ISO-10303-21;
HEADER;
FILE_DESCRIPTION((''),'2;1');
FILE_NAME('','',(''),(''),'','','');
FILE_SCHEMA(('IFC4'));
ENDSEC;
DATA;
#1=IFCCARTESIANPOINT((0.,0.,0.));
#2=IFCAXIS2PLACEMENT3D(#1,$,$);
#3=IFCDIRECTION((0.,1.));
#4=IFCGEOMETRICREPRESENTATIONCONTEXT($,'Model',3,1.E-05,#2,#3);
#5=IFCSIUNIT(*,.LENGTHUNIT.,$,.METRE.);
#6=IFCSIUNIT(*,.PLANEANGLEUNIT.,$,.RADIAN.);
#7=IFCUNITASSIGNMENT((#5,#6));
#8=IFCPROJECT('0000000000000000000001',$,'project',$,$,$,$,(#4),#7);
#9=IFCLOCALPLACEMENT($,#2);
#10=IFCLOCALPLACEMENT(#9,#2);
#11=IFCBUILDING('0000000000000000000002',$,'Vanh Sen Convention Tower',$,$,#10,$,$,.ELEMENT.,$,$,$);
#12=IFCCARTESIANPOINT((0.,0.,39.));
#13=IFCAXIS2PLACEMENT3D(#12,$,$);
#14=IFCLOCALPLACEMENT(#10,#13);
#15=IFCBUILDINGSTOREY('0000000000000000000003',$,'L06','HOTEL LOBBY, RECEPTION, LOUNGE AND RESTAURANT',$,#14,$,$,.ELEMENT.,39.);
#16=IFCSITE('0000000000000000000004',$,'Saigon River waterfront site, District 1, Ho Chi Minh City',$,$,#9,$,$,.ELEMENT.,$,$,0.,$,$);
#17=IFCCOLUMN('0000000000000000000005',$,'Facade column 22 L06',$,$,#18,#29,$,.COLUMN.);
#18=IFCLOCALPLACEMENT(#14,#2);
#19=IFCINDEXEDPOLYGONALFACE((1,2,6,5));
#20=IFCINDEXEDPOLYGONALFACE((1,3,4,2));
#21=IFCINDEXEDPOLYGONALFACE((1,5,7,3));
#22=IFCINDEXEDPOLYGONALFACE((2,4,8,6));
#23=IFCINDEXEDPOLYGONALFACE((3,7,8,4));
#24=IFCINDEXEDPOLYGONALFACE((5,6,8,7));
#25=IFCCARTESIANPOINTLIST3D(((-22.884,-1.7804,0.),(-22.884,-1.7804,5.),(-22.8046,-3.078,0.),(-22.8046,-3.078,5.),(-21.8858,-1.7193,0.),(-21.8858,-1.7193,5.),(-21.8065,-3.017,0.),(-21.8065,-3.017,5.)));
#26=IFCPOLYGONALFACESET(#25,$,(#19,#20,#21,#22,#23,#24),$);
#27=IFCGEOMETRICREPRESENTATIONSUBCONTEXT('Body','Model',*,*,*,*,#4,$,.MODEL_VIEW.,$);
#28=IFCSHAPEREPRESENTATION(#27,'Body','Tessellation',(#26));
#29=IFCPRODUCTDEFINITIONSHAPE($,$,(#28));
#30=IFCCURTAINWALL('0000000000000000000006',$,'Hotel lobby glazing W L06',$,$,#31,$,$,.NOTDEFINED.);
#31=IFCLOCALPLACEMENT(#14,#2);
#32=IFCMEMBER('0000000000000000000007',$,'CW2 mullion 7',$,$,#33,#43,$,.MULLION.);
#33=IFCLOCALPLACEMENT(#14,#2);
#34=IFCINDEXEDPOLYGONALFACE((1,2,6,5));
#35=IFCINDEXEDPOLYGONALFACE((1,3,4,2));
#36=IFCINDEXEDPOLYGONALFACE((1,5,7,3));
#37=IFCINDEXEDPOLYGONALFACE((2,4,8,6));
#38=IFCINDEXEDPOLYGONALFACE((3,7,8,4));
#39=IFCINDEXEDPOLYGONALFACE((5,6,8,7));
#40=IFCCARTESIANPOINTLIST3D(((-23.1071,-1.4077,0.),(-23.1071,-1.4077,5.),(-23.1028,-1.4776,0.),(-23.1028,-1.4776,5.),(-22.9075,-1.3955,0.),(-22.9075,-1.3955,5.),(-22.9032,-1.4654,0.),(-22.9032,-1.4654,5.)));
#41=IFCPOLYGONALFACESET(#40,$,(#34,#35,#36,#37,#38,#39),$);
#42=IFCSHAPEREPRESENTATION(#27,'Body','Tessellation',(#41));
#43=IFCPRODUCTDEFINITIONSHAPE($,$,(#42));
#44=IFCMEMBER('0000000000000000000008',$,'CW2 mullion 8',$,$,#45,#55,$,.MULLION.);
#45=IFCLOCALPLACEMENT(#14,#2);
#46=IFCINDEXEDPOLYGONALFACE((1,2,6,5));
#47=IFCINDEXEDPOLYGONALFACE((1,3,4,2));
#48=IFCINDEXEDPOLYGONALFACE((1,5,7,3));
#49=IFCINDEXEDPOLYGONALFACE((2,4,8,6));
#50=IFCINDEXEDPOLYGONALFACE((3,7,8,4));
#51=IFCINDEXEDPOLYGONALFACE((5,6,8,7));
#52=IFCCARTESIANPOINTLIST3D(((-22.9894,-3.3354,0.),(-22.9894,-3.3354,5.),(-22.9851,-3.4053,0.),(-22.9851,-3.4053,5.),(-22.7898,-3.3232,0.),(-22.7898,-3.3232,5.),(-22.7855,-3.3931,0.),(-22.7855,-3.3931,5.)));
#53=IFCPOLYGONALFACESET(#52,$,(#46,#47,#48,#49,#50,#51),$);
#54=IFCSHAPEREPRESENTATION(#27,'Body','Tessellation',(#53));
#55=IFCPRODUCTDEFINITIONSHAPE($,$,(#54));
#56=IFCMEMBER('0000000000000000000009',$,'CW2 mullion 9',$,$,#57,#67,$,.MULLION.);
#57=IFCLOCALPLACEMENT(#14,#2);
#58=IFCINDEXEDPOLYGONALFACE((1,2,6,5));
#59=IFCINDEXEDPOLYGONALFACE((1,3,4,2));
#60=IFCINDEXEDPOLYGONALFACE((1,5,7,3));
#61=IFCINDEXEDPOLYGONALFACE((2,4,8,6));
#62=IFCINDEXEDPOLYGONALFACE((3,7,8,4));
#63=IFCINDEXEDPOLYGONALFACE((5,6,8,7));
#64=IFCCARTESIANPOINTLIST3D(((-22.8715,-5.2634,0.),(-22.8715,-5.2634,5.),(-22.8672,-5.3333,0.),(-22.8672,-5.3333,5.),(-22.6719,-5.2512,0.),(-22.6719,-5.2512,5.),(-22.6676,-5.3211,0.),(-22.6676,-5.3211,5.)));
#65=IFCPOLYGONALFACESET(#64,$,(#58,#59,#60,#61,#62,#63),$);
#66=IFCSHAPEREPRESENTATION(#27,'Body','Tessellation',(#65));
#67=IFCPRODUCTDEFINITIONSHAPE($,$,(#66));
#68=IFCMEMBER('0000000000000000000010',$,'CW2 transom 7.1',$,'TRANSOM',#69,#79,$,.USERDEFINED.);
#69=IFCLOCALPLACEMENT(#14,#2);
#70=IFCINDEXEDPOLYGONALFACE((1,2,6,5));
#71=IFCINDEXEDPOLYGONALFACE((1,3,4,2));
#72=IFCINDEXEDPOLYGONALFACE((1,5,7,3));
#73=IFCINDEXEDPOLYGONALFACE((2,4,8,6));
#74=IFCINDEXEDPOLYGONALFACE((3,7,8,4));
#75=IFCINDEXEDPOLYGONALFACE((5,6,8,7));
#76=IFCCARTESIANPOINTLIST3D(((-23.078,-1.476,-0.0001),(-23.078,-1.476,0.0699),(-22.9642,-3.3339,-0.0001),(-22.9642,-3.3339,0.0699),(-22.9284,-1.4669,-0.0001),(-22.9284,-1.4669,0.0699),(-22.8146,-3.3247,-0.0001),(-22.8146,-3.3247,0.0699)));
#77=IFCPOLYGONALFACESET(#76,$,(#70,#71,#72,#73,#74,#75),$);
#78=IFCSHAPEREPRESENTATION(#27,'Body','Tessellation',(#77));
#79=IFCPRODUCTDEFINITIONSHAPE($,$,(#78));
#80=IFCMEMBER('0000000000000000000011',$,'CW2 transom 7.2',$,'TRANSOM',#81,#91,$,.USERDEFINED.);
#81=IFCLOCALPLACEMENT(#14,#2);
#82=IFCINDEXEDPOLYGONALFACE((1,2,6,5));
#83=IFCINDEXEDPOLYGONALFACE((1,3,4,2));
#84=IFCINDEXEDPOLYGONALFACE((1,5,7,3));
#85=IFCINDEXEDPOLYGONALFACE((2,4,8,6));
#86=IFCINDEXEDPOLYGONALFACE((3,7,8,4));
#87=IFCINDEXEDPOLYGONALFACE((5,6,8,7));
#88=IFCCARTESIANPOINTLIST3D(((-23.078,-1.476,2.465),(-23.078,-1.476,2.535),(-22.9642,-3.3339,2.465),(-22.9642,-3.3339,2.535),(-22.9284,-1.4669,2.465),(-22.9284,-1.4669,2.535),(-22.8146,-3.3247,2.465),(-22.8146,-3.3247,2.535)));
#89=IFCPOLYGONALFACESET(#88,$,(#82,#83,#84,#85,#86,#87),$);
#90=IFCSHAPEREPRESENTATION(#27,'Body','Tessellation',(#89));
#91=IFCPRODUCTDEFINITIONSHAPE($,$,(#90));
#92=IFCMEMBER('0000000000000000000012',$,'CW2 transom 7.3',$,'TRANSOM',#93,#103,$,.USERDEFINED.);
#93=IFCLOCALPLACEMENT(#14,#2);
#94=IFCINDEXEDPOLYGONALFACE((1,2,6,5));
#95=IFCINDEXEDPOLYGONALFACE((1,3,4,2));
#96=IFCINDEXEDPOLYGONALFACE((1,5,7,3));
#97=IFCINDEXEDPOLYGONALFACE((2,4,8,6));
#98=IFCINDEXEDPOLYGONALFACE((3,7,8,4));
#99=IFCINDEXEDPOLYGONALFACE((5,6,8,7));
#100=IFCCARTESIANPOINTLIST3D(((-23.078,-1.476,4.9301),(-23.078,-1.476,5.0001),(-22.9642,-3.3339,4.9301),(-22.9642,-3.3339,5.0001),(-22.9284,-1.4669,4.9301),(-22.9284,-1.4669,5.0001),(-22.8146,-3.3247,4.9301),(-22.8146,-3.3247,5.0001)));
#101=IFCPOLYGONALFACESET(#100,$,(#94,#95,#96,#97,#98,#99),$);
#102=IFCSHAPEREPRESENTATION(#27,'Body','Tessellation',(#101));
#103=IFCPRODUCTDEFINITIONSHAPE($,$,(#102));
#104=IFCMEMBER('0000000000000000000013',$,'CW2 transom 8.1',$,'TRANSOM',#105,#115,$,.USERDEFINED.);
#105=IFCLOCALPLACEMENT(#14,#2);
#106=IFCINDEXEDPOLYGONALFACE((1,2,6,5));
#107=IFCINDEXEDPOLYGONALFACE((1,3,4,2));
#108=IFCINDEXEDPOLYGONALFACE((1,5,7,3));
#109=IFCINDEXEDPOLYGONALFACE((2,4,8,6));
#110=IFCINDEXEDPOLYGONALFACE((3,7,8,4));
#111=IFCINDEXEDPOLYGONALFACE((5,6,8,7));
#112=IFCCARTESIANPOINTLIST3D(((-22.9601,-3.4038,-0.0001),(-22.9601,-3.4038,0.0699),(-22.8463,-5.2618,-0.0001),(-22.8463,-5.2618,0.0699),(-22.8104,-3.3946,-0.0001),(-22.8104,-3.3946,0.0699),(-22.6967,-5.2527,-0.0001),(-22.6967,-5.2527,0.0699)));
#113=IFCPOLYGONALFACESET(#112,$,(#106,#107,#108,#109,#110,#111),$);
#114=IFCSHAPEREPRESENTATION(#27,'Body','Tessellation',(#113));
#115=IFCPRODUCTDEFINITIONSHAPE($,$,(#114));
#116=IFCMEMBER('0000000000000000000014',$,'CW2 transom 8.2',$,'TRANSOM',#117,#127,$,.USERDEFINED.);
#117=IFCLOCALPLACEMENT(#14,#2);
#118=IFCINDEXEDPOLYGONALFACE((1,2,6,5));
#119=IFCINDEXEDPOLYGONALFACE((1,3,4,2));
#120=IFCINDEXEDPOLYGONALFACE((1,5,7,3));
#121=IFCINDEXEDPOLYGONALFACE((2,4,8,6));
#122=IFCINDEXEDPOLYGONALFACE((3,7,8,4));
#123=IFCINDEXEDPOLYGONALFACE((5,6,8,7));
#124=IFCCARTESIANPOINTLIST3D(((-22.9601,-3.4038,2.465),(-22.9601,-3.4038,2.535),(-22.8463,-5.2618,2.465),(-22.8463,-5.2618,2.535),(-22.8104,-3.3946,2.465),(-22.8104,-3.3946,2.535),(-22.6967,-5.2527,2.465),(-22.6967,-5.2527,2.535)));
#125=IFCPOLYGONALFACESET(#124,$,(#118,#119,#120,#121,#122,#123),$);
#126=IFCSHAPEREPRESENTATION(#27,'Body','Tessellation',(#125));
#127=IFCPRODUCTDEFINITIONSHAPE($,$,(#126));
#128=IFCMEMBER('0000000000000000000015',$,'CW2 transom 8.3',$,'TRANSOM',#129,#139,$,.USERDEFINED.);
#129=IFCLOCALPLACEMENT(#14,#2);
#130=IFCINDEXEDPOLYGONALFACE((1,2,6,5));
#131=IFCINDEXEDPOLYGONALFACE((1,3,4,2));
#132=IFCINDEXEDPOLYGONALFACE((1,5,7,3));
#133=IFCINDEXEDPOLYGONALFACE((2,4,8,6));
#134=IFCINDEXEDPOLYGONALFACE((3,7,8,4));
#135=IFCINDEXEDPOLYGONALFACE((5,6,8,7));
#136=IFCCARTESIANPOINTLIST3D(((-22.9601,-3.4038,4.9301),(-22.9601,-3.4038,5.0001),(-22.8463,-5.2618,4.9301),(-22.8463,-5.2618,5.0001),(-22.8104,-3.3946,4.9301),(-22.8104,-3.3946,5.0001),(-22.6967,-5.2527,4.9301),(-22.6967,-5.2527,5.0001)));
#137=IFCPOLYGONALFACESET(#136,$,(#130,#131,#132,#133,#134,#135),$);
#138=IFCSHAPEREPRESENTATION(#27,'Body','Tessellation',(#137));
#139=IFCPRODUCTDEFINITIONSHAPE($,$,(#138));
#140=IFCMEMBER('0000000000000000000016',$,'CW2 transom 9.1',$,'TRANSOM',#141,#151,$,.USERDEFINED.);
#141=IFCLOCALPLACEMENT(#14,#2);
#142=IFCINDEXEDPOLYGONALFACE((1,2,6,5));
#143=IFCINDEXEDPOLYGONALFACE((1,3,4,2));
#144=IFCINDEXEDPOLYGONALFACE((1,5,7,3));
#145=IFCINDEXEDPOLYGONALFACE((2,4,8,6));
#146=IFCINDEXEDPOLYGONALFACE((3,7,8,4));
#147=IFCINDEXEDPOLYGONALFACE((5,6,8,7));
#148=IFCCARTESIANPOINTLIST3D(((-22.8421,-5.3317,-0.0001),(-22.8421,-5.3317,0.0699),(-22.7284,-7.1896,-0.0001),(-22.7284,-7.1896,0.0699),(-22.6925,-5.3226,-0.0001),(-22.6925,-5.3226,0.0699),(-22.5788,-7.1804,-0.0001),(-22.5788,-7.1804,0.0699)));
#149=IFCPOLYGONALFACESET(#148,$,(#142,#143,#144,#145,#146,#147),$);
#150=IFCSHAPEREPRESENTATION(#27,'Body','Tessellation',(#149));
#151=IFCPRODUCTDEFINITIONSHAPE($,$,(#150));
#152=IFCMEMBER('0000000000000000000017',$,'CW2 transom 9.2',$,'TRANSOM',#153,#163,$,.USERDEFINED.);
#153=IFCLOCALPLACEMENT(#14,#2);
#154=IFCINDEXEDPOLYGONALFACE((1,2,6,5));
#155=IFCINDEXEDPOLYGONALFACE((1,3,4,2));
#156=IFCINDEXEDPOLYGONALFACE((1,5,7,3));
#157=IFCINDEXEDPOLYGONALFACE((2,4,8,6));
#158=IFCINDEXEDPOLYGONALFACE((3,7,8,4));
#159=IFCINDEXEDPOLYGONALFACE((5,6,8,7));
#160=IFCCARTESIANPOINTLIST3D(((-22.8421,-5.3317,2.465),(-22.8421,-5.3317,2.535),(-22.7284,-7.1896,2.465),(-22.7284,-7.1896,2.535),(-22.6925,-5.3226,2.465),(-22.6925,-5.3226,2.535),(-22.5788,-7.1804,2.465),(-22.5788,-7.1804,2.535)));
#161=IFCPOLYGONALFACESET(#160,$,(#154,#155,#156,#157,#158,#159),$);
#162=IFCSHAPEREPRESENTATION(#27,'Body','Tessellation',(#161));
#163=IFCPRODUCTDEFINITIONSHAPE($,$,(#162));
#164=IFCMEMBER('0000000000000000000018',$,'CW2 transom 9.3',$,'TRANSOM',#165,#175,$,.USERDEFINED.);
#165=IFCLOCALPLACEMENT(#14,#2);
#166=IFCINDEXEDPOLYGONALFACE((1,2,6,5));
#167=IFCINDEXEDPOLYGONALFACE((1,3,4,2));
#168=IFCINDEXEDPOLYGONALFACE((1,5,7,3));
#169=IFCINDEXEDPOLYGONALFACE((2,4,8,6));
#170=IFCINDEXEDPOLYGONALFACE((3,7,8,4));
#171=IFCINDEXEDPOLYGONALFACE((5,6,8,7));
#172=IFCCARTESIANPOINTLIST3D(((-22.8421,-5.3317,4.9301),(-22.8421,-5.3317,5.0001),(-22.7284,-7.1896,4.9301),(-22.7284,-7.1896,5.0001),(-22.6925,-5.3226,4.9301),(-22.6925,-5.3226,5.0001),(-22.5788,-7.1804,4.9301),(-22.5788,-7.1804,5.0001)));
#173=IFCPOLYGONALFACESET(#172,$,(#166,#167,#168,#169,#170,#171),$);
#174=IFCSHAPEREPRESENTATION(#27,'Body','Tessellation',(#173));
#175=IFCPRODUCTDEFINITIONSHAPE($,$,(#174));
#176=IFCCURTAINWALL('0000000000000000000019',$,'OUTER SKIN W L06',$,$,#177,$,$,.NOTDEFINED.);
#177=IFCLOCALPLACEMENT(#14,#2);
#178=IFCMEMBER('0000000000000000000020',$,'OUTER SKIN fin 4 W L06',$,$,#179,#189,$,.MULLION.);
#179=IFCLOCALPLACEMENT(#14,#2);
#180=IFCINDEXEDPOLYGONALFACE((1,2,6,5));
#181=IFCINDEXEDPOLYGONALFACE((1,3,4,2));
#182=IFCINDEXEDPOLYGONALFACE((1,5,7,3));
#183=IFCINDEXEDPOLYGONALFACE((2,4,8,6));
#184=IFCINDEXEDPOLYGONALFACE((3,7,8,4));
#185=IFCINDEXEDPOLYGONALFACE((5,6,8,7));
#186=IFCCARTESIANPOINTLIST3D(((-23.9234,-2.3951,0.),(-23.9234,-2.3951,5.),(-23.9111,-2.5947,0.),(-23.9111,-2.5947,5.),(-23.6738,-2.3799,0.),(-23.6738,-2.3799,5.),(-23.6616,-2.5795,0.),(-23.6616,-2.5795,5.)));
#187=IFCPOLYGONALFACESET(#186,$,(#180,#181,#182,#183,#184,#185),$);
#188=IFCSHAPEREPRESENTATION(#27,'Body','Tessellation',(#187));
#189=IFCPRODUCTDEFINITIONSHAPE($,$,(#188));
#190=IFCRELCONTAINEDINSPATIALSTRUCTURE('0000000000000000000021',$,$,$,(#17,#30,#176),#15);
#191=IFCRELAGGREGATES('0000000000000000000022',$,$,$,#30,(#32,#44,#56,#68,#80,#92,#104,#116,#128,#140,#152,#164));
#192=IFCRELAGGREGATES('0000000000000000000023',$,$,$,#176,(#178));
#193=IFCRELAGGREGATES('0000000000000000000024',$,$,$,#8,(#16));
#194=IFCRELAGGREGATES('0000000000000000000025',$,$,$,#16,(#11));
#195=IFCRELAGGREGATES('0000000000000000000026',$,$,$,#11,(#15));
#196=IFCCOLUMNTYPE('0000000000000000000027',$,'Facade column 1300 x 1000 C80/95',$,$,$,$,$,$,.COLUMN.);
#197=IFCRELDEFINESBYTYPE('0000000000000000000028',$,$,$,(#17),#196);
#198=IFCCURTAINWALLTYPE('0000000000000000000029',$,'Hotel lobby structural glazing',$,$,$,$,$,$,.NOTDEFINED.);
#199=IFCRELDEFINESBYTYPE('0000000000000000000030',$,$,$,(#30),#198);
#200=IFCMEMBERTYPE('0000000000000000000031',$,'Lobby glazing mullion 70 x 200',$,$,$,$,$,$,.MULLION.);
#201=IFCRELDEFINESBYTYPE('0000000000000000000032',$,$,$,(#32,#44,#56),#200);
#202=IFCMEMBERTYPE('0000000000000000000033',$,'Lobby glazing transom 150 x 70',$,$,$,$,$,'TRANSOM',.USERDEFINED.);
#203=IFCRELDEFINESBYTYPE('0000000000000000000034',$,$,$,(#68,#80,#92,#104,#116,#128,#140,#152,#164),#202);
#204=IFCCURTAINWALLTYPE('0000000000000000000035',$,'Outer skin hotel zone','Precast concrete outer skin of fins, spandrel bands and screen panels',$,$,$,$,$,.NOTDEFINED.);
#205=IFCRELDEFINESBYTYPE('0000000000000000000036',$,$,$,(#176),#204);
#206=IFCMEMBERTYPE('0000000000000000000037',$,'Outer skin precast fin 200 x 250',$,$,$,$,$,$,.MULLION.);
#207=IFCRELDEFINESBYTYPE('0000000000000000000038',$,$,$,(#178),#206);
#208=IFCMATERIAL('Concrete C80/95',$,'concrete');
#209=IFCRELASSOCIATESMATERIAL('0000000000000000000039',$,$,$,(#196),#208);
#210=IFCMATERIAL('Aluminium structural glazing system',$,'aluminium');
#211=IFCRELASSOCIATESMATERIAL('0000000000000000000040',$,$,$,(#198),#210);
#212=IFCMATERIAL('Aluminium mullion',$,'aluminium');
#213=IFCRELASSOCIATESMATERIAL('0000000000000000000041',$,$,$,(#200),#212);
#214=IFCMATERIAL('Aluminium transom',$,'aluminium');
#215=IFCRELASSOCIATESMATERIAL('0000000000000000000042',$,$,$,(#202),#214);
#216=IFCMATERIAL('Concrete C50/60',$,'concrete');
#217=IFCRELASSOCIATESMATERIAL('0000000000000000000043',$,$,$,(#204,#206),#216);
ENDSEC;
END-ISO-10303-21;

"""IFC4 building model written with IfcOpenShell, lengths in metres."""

from ifc_helpers import new_model, si_unit, direction, frame, origin, origin_2d, place, context, subcontext, project, spatial, rectangle, extrude, material, material_profile, profile_set, type_object, element, aggregate, save


model = new_model("IFC4")

# Units and contexts
model_context = context("Model", 3, precision=1e-05, world=origin(), true_north=direction((0.0, 1.0)))
body_context = subcontext(model_context, "Body", "Model", "MODEL_VIEW")
ifc_project = project(units=[si_unit("LENGTHUNIT", "METRE"), si_unit("PLANEANGLEUNIT", "RADIAN")], contexts=[model_context])

# Site, building, storey
site_placement = place(None, origin())
site = spatial("IfcSite", under=ifc_project, at=site_placement, Name="Saigon River waterfront site, District 1, Ho Chi Minh City", CompositionType="ELEMENT", RefElevation=0.0)
building_placement = place(site_placement, origin())
building = spatial("IfcBuilding", under=site, at=building_placement, Name="Vanh Sen Convention Tower", CompositionType="ELEMENT")
storey_placement = place(building_placement, frame((0.0, 0.0, 39.0)))
storey = spatial("IfcBuildingStorey", under=building, at=storey_placement, Name="L06", Description="HOTEL LOBBY, RECEPTION, LOUNGE AND RESTAURANT", CompositionType="ELEMENT", Elevation=39.0)

# Column
ifc_material_1 = material(Name="Concrete C80/95", Category="concrete")
ifc_material_profile_1 = material_profile(ifc_material_1, rectangle(XDim=1.3, YDim=1.0, at=origin_2d()), Name="RC 1300X1000")
ifc_profile_set_1 = profile_set([ifc_material_profile_1], Name="Concrete C80/95")
column_type = type_object("IfcColumnType", Name="Facade column 1300 x 1000 C80/95", PredefinedType="COLUMN", material=ifc_profile_set_1)
column_placement = place(storey_placement, frame((-22.3452, -2.3987, 0.0), z_axis=(0.0, 0.0, 1.0), x_axis=(0.061049, -0.998135, 0.0)))
element("IfcColumn", 1, at=column_placement, inside=storey, type_object=column_type, Name="Facade column 22 L06", PredefinedType="COLUMN", context=body_context, shape_type="SweptSolid", body=[
    extrude(rectangle(XDim=1.3, YDim=1.0, at=origin_2d()), origin(), (0.0, 0.0, 1.0), 5.0),
])

# Curtain wall, members
ifc_material_2 = material(Name="Aluminium structural glazing system", Category="aluminium")
curtain_wall_type_1 = type_object("IfcCurtainWallType", Name="Hotel lobby structural glazing", PredefinedType="NOTDEFINED", material=ifc_material_2)
curtain_wall_1_placement = place(storey_placement, origin())
curtain_wall_1 = element("IfcCurtainWall", 2, at=curtain_wall_1_placement, inside=storey, type_object=curtain_wall_type_1, Name="Hotel lobby glazing W L06", PredefinedType="NOTDEFINED")
ifc_material_3 = material(Name="Aluminium mullion", Category="aluminium")
ifc_material_profile_2 = material_profile(ifc_material_3, rectangle(XDim=0.2, YDim=0.0701, at=origin_2d()), Name="Lobby glazing mullion 70 x 200")
ifc_profile_set_2 = profile_set([ifc_material_profile_2], Name="Aluminium mullion")
member_type_1 = type_object("IfcMemberType", Name="Lobby glazing mullion 70 x 200", PredefinedType="MULLION", material=ifc_profile_set_2)
member_1_placement = place(storey_placement, frame((-23.0051, -1.4365, 0.0), z_axis=(0.0, 0.0, 1.0), x_axis=(0.998135, 0.061046, 0.0)))
member_1 = element("IfcMember", 3, at=member_1_placement, type_object=member_type_1, Name="CW2 mullion 7", PredefinedType="MULLION", context=body_context, shape_type="SweptSolid", body=[
    extrude(rectangle(XDim=0.2, YDim=0.0701, at=origin_2d()), origin(), (0.0, 0.0, 1.0), 5.0),
])
member_2_placement = place(storey_placement, frame((-22.8875, -3.3643, 0.0), z_axis=(0.0, 0.0, 1.0), x_axis=(0.998135, 0.061046, 0.0)))
member_2 = element("IfcMember", 4, at=member_2_placement, type_object=member_type_1, Name="CW2 mullion 8", PredefinedType="MULLION", context=body_context, shape_type="SweptSolid", body=[
    extrude(rectangle(XDim=0.2, YDim=0.0701, at=origin_2d()), origin(), (0.0, 0.0, 1.0), 5.0),
])
member_3_placement = place(storey_placement, frame((-22.7695, -5.2922, 0.0), z_axis=(0.0, 0.0, 1.0), x_axis=(0.998135, 0.061046, 0.0)))
member_3 = element("IfcMember", 5, at=member_3_placement, type_object=member_type_1, Name="CW2 mullion 9", PredefinedType="MULLION", context=body_context, shape_type="SweptSolid", body=[
    extrude(rectangle(XDim=0.2, YDim=0.0701, at=origin_2d()), origin(), (0.0, 0.0, 1.0), 5.0),
])
ifc_material_4 = material(Name="Aluminium transom", Category="aluminium")
ifc_material_profile_3 = material_profile(ifc_material_4, rectangle(XDim=0.1499, YDim=0.0701, at=origin_2d()), Name="Lobby glazing transom 150 x 70")
ifc_profile_set_3 = profile_set([ifc_material_profile_3], Name="Aluminium transom")
member_type_2 = type_object("IfcMemberType", Name="Lobby glazing transom 150 x 70", ElementType="TRANSOM", PredefinedType="USERDEFINED", material=ifc_profile_set_3)
member_4_placement = place(storey_placement, frame((-23.0032, -1.4714, 0.0349), z_axis=(0.061121, -0.99813, 0.0), x_axis=(0.99813, 0.061121, 0.0)))
member_4 = element("IfcMember", 6, at=member_4_placement, type_object=member_type_2, Name="CW2 transom 7.1", ObjectType="TRANSOM", PredefinedType="USERDEFINED", context=body_context, shape_type="SweptSolid", body=[
    extrude(rectangle(XDim=0.1499, YDim=0.0701, at=origin_2d()), origin(), (0.0, 0.0, 1.0), 1.8613),
])
member_5_placement = place(storey_placement, frame((-23.0032, -1.4714, 2.5), z_axis=(0.061121, -0.99813, 0.0), x_axis=(0.99813, 0.061121, 0.0)))
member_5 = element("IfcMember", 7, at=member_5_placement, type_object=member_type_2, Name="CW2 transom 7.2", ObjectType="TRANSOM", PredefinedType="USERDEFINED", context=body_context, shape_type="SweptSolid", body=[
    extrude(rectangle(XDim=0.1499, YDim=0.0701, at=origin_2d()), origin(), (0.0, 0.0, 1.0), 1.8613),
])
member_6_placement = place(storey_placement, frame((-23.0032, -1.4714, 4.9651), z_axis=(0.061121, -0.99813, 0.0), x_axis=(0.99813, 0.061121, 0.0)))
member_6 = element("IfcMember", 8, at=member_6_placement, type_object=member_type_2, Name="CW2 transom 7.3", ObjectType="TRANSOM", PredefinedType="USERDEFINED", context=body_context, shape_type="SweptSolid", body=[
    extrude(rectangle(XDim=0.1499, YDim=0.0701, at=origin_2d()), origin(), (0.0, 0.0, 1.0), 1.8613),
])
member_7_placement = place(storey_placement, frame((-22.8853, -3.3992, 0.0349), z_axis=(0.061113, -0.998131, 0.0), x_axis=(0.998131, 0.061113, 0.0)))
member_7 = element("IfcMember", 9, at=member_7_placement, type_object=member_type_2, Name="CW2 transom 8.1", ObjectType="TRANSOM", PredefinedType="USERDEFINED", context=body_context, shape_type="SweptSolid", body=[
    extrude(rectangle(XDim=0.1499, YDim=0.0701, at=origin_2d()), origin(), (0.0, 0.0, 1.0), 1.8616),
])
member_8_placement = place(storey_placement, frame((-22.8853, -3.3992, 2.5), z_axis=(0.061113, -0.998131, 0.0), x_axis=(0.998131, 0.061113, 0.0)))
member_8 = element("IfcMember", 10, at=member_8_placement, type_object=member_type_2, Name="CW2 transom 8.2", ObjectType="TRANSOM", PredefinedType="USERDEFINED", context=body_context, shape_type="SweptSolid", body=[
    extrude(rectangle(XDim=0.1499, YDim=0.0701, at=origin_2d()), origin(), (0.0, 0.0, 1.0), 1.8616),
])
member_9_placement = place(storey_placement, frame((-22.8853, -3.3992, 4.9651), z_axis=(0.061113, -0.998131, 0.0), x_axis=(0.998131, 0.061113, 0.0)))
member_9 = element("IfcMember", 11, at=member_9_placement, type_object=member_type_2, Name="CW2 transom 8.3", ObjectType="TRANSOM", PredefinedType="USERDEFINED", context=body_context, shape_type="SweptSolid", body=[
    extrude(rectangle(XDim=0.1499, YDim=0.0701, at=origin_2d()), origin(), (0.0, 0.0, 1.0), 1.8616),
])
member_10_placement = place(storey_placement, frame((-22.7673, -5.3271, 0.0349), z_axis=(0.061121, -0.99813, 0.0), x_axis=(0.99813, 0.061121, 0.0)))
member_10 = element("IfcMember", 12, at=member_10_placement, type_object=member_type_2, Name="CW2 transom 9.1", ObjectType="TRANSOM", PredefinedType="USERDEFINED", context=body_context, shape_type="SweptSolid", body=[
    extrude(rectangle(XDim=0.1499, YDim=0.0701, at=origin_2d()), origin(), (0.0, 0.0, 1.0), 1.8613),
])
member_11_placement = place(storey_placement, frame((-22.7673, -5.3271, 2.5), z_axis=(0.061121, -0.99813, 0.0), x_axis=(0.99813, 0.061121, 0.0)))
member_11 = element("IfcMember", 13, at=member_11_placement, type_object=member_type_2, Name="CW2 transom 9.2", ObjectType="TRANSOM", PredefinedType="USERDEFINED", context=body_context, shape_type="SweptSolid", body=[
    extrude(rectangle(XDim=0.1499, YDim=0.0701, at=origin_2d()), origin(), (0.0, 0.0, 1.0), 1.8613),
])
member_12_placement = place(storey_placement, frame((-22.7673, -5.3271, 4.9651), z_axis=(0.061121, -0.99813, 0.0), x_axis=(0.99813, 0.061121, 0.0)))
member_12 = element("IfcMember", 14, at=member_12_placement, type_object=member_type_2, Name="CW2 transom 9.3", ObjectType="TRANSOM", PredefinedType="USERDEFINED", context=body_context, shape_type="SweptSolid", body=[
    extrude(rectangle(XDim=0.1499, YDim=0.0701, at=origin_2d()), origin(), (0.0, 0.0, 1.0), 1.8613),
])

# Curtain wall, member
ifc_material_5 = material(Name="Concrete C50/60", Category="concrete")
curtain_wall_type_2 = type_object("IfcCurtainWallType", Name="Outer skin hotel zone", Description="Precast concrete outer skin of fins, spandrel bands and screen panels", PredefinedType="NOTDEFINED", material=ifc_material_5)
curtain_wall_2_placement = place(storey_placement, origin())
curtain_wall_2 = element("IfcCurtainWall", 15, at=curtain_wall_2_placement, inside=storey, type_object=curtain_wall_type_2, Name="OUTER SKIN W L06", PredefinedType="NOTDEFINED")
ifc_material_profile_4 = material_profile(ifc_material_5, rectangle(XDim=0.2, YDim=0.25, at=origin_2d()), Name="Outer skin precast fin 200 x 250")
ifc_profile_set_4 = profile_set([ifc_material_profile_4], Name="Concrete C50/60")
member_type_3 = type_object("IfcMemberType", Name="Outer skin precast fin 200 x 250", PredefinedType="MULLION", material=ifc_profile_set_4)
member_13_placement = place(storey_placement, frame((-23.7925, -2.4873, 0.0), z_axis=(0.0, 0.0, 1.0), x_axis=(0.061049, -0.998135, 0.0)))
member_13 = element("IfcMember", 16, at=member_13_placement, type_object=member_type_3, Name="OUTER SKIN fin 4 W L06", PredefinedType="MULLION", context=body_context, shape_type="SweptSolid", body=[
    extrude(rectangle(XDim=0.2, YDim=0.25, at=origin_2d()), origin(), (0.0, 0.0, 1.0), 5.0),
])

aggregate(curtain_wall_1, [member_1, member_2, member_3, member_4, member_5, member_6, member_7, member_8, member_9, member_10, member_11, member_12])
aggregate(curtain_wall_2, [member_13])

save(model, "model.ifc")
